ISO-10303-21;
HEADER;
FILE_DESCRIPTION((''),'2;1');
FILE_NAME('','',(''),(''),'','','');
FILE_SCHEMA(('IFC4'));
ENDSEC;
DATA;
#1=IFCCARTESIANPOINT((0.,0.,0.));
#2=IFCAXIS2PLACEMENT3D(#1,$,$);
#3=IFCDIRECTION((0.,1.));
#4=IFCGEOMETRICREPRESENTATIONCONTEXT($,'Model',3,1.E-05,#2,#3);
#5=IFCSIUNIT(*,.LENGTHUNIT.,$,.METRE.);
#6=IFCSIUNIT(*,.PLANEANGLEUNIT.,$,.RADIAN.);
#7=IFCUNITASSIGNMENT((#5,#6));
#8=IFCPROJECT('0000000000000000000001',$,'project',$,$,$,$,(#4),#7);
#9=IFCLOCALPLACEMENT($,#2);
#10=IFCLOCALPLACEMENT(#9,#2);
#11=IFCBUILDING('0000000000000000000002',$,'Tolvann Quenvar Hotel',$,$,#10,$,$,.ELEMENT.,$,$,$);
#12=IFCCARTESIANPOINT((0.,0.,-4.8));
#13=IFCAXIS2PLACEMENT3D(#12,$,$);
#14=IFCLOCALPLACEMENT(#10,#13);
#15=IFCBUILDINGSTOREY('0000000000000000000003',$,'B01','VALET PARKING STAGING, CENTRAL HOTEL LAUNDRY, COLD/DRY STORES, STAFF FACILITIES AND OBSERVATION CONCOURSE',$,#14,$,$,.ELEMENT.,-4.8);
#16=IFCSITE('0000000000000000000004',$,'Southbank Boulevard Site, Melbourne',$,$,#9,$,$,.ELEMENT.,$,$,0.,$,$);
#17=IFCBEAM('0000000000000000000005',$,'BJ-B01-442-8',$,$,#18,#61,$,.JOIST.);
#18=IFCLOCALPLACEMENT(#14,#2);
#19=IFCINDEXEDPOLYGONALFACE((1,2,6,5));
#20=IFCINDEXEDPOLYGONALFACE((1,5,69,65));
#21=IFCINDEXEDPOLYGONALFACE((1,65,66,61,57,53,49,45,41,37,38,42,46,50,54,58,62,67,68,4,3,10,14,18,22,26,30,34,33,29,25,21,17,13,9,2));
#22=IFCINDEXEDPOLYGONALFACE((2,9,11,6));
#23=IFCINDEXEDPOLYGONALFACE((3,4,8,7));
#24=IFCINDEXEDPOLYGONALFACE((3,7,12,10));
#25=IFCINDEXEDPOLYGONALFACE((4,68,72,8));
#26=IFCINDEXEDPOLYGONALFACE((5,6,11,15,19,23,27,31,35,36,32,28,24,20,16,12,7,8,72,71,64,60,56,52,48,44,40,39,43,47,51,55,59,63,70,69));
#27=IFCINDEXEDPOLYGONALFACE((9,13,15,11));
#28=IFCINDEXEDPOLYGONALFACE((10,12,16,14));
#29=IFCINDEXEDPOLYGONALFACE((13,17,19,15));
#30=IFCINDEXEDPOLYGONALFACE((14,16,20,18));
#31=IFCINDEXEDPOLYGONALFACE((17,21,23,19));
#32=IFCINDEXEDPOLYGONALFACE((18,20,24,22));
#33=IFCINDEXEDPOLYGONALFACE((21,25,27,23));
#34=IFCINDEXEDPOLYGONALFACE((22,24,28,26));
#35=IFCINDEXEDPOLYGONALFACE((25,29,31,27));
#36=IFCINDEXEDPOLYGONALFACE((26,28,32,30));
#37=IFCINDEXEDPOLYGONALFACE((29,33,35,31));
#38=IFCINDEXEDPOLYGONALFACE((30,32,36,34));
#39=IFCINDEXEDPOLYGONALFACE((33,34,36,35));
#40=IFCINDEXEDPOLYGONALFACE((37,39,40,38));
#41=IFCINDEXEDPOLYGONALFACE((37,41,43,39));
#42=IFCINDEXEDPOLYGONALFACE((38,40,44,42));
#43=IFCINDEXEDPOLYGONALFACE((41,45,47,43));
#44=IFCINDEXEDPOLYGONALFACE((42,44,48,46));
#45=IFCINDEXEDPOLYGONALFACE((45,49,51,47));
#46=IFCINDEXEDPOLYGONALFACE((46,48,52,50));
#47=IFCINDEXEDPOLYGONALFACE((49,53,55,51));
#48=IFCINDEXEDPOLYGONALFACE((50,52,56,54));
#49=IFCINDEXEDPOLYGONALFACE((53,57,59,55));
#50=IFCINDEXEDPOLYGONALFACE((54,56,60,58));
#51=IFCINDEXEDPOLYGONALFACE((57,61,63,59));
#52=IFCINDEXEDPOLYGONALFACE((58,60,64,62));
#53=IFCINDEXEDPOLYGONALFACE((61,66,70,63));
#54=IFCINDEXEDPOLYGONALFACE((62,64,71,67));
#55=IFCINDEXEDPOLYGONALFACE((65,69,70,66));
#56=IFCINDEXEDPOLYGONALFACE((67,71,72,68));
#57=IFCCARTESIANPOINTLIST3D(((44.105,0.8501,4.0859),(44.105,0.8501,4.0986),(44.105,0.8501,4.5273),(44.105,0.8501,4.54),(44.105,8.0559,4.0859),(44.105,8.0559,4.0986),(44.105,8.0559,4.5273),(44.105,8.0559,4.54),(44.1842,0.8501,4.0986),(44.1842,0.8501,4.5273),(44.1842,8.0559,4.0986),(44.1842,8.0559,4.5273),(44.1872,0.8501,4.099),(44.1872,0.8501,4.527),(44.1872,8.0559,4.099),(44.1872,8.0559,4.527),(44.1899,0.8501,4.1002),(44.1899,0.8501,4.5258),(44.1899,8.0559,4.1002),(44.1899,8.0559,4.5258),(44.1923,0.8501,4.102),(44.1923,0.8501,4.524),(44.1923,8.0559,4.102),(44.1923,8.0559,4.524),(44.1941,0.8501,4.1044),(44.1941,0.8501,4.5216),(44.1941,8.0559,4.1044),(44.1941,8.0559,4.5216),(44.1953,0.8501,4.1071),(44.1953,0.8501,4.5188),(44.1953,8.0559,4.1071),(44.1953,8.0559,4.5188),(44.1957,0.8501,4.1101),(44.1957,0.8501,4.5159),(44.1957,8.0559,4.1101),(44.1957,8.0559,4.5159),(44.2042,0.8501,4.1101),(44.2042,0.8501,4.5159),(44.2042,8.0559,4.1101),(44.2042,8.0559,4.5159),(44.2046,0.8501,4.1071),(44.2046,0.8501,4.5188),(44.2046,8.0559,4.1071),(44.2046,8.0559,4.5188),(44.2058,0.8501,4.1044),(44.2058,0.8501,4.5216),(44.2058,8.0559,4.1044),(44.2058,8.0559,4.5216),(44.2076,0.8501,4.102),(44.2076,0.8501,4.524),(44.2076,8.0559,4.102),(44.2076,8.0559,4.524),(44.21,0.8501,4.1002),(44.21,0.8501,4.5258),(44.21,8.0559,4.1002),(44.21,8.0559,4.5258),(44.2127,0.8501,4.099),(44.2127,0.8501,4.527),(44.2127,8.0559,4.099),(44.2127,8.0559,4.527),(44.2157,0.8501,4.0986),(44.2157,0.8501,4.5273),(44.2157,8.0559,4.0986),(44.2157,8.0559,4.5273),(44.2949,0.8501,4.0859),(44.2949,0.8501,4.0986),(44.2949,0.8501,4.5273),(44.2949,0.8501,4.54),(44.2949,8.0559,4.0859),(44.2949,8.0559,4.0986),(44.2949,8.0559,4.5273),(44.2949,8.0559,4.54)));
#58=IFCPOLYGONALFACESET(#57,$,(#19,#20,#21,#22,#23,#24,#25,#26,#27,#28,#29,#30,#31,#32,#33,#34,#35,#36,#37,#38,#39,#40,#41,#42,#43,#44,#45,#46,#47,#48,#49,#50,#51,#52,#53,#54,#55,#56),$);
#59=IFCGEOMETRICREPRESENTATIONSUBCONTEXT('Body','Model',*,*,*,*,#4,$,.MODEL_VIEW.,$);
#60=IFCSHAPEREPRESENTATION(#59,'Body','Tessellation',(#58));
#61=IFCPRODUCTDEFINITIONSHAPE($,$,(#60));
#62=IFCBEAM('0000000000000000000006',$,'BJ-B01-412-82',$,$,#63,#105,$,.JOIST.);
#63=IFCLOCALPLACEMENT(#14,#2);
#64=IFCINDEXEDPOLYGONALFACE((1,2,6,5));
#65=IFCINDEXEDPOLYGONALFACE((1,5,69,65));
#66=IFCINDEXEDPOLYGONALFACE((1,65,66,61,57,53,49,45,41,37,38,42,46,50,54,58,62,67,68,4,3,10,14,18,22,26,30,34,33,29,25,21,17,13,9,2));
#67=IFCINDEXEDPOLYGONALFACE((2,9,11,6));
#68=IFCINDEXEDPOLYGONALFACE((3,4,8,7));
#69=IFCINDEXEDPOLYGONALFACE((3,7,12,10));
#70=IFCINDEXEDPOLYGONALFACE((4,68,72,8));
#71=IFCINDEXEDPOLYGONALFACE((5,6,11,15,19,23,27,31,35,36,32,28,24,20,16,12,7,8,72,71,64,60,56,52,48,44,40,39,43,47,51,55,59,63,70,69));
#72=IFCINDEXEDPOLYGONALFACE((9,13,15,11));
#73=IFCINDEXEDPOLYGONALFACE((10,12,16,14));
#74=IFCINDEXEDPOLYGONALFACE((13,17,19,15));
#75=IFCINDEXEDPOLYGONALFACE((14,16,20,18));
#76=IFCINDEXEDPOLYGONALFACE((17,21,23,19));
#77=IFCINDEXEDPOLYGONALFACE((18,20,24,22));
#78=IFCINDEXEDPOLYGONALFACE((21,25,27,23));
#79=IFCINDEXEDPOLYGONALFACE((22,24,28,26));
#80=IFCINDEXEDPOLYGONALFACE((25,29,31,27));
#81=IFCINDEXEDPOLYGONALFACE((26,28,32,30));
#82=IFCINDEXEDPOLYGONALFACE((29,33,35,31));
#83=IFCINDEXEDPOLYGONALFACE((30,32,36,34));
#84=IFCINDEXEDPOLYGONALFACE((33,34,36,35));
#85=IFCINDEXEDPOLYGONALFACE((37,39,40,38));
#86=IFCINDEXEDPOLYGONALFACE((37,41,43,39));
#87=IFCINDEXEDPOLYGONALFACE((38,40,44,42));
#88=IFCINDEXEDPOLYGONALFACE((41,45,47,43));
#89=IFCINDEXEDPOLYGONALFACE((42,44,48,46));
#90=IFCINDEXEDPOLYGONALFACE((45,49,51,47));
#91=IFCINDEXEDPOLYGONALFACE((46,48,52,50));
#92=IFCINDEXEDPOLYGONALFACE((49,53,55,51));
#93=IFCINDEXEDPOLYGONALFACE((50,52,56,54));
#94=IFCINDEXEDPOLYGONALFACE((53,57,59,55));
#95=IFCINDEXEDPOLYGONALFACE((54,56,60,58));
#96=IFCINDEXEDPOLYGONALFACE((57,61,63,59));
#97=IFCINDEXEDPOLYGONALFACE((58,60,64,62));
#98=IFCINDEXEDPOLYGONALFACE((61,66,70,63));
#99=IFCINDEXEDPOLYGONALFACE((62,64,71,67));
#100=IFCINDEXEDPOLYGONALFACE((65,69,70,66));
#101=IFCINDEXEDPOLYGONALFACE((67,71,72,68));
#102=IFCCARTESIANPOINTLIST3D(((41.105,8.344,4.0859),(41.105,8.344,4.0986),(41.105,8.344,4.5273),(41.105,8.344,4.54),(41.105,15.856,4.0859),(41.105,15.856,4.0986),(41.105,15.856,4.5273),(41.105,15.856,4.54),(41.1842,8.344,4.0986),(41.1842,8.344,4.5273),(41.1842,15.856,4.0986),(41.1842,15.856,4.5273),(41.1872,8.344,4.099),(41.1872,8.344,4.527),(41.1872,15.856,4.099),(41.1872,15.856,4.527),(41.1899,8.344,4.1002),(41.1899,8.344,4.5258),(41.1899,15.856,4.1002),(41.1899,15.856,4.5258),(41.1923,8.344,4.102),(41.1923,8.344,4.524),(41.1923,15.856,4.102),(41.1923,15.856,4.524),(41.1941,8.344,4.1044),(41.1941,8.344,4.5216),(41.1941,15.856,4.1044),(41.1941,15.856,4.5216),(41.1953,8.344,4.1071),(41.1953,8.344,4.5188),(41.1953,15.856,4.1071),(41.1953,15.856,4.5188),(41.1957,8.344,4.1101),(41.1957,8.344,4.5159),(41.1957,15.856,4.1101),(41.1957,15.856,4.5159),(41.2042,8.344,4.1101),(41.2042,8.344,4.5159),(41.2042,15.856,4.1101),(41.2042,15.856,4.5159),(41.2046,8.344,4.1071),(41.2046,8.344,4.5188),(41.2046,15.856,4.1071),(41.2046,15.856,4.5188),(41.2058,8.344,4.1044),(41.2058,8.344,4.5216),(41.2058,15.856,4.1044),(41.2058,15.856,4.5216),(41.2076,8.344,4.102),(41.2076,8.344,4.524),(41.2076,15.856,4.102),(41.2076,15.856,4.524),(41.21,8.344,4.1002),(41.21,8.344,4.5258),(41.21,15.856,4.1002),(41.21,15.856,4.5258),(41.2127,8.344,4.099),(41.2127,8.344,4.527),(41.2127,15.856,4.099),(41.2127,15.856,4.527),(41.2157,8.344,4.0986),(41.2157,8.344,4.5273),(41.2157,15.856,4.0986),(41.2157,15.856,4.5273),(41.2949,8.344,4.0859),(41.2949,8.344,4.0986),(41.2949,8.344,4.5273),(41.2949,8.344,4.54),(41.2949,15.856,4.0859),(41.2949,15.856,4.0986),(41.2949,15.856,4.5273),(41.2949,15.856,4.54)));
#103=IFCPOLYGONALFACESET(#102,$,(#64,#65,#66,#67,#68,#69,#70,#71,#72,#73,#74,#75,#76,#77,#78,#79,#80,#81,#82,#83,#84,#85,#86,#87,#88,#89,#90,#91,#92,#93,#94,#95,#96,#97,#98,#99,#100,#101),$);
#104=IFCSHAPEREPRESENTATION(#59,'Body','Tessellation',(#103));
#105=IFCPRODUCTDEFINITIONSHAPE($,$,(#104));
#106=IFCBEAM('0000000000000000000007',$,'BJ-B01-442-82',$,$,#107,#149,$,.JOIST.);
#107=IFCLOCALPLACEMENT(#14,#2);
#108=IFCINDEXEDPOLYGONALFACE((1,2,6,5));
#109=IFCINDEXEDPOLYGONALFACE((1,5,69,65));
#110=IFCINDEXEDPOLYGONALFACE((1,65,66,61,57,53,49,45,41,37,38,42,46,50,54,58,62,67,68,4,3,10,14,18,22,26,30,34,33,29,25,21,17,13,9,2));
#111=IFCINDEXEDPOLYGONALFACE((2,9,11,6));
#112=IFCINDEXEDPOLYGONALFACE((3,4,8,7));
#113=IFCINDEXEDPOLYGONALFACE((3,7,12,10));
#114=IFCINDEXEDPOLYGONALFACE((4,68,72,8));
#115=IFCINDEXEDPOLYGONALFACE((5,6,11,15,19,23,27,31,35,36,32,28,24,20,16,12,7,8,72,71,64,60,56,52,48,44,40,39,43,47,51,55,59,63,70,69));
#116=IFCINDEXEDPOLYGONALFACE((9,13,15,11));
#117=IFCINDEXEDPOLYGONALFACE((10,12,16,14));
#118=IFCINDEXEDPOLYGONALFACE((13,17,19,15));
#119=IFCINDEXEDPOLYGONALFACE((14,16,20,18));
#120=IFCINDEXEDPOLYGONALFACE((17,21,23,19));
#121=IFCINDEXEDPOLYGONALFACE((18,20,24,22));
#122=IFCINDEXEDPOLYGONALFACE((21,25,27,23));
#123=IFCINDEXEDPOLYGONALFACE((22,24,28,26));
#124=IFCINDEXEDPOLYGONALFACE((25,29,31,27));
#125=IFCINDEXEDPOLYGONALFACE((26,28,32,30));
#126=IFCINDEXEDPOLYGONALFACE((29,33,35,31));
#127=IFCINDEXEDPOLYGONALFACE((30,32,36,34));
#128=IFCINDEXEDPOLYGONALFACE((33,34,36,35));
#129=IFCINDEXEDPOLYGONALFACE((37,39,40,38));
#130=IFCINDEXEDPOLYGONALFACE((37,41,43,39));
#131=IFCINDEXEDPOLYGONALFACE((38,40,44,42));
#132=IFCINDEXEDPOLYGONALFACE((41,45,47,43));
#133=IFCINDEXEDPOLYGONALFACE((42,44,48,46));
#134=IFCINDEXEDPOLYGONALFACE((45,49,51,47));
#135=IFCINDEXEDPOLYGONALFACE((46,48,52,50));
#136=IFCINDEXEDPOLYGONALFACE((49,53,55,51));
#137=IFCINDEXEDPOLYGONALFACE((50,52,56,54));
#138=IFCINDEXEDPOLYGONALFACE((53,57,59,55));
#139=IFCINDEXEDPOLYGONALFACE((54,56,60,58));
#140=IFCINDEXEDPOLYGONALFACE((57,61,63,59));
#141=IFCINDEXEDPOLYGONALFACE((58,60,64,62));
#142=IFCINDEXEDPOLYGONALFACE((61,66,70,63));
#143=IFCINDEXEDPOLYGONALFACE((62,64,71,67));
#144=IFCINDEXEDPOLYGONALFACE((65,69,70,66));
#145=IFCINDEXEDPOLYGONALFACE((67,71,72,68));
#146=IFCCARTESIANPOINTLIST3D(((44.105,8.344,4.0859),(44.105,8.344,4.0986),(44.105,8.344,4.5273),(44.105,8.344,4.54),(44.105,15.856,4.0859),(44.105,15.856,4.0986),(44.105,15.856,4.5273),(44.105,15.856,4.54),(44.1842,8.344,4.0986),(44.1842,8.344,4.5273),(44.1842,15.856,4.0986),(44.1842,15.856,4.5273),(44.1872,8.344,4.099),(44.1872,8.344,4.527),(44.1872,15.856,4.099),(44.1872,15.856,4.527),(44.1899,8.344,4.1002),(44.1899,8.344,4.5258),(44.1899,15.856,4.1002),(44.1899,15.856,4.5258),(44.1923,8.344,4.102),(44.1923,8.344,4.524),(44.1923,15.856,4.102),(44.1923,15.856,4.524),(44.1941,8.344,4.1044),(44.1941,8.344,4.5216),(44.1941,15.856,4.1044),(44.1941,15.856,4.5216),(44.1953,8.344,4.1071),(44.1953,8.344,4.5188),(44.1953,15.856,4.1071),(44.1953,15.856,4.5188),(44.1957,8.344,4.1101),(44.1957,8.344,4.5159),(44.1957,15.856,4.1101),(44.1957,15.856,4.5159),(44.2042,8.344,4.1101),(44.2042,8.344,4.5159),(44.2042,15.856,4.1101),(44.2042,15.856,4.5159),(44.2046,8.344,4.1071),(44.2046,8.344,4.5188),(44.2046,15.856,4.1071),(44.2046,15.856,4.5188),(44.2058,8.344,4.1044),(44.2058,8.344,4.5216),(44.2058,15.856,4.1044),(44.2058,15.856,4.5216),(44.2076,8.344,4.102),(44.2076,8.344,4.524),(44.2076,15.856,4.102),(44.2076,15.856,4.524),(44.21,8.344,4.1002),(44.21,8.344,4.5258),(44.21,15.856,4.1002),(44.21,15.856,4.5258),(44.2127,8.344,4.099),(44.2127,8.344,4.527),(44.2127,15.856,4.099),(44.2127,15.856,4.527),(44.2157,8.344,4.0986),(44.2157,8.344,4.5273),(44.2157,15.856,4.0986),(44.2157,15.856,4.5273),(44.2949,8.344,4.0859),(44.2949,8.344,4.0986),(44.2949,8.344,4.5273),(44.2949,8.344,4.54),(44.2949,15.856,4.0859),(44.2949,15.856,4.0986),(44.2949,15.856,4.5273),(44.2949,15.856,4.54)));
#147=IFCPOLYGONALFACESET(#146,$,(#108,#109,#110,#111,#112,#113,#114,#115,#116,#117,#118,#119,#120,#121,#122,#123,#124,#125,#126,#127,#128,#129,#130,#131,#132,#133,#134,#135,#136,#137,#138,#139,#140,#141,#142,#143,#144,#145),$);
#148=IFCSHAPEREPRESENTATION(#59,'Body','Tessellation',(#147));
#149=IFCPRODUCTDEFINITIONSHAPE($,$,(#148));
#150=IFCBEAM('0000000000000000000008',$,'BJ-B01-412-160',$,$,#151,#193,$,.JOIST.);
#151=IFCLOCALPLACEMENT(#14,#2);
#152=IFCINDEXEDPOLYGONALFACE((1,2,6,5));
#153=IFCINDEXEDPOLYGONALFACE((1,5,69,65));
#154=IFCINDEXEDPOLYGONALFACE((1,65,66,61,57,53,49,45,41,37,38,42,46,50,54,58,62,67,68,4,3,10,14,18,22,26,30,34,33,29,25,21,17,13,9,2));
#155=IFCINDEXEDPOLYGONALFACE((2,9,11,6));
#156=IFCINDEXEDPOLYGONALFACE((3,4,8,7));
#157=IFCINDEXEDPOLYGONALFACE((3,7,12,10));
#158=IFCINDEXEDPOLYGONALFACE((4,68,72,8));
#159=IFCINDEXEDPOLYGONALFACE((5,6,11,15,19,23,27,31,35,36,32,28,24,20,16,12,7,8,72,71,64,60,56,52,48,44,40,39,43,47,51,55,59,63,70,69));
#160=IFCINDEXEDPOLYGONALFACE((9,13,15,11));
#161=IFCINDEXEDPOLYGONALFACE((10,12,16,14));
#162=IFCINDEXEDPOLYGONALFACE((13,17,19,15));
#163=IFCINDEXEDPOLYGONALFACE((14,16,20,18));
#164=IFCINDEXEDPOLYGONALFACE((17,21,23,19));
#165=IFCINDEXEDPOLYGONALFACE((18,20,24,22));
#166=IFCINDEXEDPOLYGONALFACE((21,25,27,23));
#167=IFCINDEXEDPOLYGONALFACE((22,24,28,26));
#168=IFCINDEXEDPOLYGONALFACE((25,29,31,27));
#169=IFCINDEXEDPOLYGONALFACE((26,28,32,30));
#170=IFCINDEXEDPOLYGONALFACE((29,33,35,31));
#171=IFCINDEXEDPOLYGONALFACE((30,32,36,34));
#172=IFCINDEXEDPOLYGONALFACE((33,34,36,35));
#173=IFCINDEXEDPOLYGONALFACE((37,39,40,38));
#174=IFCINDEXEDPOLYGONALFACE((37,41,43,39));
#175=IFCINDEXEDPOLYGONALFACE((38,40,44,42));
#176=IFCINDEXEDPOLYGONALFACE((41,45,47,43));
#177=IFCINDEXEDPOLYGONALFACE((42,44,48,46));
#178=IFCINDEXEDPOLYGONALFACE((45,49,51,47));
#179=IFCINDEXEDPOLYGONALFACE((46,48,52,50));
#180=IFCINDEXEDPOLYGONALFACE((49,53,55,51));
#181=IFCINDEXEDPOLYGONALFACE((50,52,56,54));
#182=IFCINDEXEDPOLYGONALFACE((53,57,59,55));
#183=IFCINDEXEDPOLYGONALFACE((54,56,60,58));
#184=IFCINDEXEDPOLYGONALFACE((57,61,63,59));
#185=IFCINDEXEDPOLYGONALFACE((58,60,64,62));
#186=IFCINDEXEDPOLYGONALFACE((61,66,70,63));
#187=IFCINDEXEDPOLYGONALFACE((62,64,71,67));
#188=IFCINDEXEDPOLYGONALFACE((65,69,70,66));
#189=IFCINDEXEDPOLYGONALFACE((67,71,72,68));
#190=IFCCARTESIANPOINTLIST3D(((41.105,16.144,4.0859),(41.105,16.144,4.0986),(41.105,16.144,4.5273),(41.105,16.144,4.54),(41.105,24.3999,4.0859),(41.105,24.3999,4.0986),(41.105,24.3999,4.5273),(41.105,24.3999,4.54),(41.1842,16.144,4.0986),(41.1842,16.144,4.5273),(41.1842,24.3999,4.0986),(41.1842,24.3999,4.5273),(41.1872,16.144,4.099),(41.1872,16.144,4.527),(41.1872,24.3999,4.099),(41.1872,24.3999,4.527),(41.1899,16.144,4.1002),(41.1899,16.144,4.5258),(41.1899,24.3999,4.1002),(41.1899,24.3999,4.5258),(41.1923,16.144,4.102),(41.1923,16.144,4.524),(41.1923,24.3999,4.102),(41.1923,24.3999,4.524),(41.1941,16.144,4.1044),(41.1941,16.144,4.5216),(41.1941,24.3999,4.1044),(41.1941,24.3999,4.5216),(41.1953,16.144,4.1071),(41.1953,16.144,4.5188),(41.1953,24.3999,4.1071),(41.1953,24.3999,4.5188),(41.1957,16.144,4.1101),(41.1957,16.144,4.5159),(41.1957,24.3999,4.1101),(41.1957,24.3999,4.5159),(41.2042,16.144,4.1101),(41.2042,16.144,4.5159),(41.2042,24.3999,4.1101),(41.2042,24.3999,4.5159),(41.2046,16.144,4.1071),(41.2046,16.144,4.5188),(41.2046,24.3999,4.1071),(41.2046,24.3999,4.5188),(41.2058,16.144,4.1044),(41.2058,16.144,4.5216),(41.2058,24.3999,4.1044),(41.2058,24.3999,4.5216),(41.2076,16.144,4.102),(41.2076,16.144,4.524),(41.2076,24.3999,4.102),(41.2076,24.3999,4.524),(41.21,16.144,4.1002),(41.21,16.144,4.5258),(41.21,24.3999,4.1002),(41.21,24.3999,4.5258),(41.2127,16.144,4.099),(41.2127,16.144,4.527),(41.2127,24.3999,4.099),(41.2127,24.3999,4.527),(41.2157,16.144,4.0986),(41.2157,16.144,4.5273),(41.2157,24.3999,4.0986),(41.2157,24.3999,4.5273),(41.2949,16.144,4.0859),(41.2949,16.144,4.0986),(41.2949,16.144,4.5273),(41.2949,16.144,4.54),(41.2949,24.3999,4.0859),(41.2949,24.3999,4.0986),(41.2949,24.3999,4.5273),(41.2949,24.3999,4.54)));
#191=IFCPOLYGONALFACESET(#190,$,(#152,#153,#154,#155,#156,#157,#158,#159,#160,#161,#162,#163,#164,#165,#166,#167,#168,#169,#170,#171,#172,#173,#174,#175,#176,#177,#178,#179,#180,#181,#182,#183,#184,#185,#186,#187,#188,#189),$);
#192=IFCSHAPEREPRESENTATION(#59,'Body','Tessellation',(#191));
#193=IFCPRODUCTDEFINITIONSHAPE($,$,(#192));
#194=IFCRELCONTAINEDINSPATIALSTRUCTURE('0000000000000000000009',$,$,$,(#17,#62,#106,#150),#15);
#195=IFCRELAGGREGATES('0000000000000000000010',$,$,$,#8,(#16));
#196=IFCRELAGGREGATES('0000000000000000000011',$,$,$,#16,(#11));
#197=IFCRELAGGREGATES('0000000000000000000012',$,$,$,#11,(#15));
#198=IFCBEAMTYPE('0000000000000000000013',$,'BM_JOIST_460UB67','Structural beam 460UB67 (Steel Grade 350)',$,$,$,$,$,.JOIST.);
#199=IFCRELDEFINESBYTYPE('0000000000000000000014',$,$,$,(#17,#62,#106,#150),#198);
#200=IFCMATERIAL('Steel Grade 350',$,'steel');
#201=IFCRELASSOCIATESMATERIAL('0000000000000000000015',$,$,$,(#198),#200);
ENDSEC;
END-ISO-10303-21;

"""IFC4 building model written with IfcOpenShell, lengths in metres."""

from ifc_helpers import new_model, si_unit, direction, frame, origin, origin_2d, place, context, subcontext, project, spatial, i_section, extrude, source, transform, mapped, material, material_profile, profile_set, type_object, element, save


model = new_model("IFC4")

# Units and contexts
model_context = context("Model", 3, precision=1e-05, world=origin(), true_north=direction((0.0, 1.0)))
body_context = subcontext(model_context, "Body", "Model", "MODEL_VIEW")
ifc_project = project(units=[si_unit("LENGTHUNIT", "METRE"), si_unit("PLANEANGLEUNIT", "RADIAN")], contexts=[model_context])

# Site, building, storey
site_placement = place(None, origin())
site = spatial("IfcSite", under=ifc_project, at=site_placement, Name="Southbank Boulevard Site, Melbourne", CompositionType="ELEMENT", RefElevation=0.0)
building_placement = place(site_placement, origin())
building = spatial("IfcBuilding", under=site, at=building_placement, Name="Tolvann Quenvar Hotel", CompositionType="ELEMENT")
storey_placement = place(building_placement, frame((0.0, 0.0, -4.8)))
storey = spatial("IfcBuildingStorey", under=building, at=storey_placement, Name="B01", Description="VALET PARKING STAGING, CENTRAL HOTEL LAUNDRY, COLD/DRY STORES, STAFF FACILITIES AND OBSERVATION CONCOURSE", CompositionType="ELEMENT", Elevation=-4.8)

# Beams
ifc_material_1 = material(Name="Steel Grade 350", Category="steel")
ifc_material_profile_1 = material_profile(ifc_material_1, i_section(OverallWidth=0.1899, OverallDepth=0.4541, WebThickness=0.0085, FlangeThickness=0.0127, FilletRadius=0.0115, at=origin_2d()), Name="460UB67")
ifc_profile_set_1 = profile_set([ifc_material_profile_1], Name="Steel Grade 350")
beam_type_1 = type_object("IfcBeamType", Name="BM_JOIST_460UB67", Description="Structural beam 460UB67 (Steel Grade 350)", PredefinedType="JOIST", material=ifc_profile_set_1)
shared_shape_1 = source(origin(), body_context, "Body", "SweptSolid", [
    extrude(i_section(OverallWidth=0.1899, OverallDepth=0.4541, WebThickness=0.0085, FlangeThickness=0.0127, FilletRadius=0.0115, at=origin_2d()), origin(), (0.0, 0.0, 1.0), 7.2058),
])
for number, where, z_axis, x_axis, name in (
    (1, (44.2, 0.8501, 4.313), (0.0, 1.0, 0.0), (-1.0, 0.0, 0.0), "BJ-B01-442-8"),
):
    element("IfcBeam", number, at=place(storey_placement, frame(where, z_axis=z_axis, x_axis=x_axis)), inside=storey, type_object=beam_type_1, Name=name, PredefinedType="JOIST", context=body_context, shape_type="MappedRepresentation", body=[
        mapped(shared_shape_1, transform((0.0, 0.0, 0.0), x_axis=(1.0, 0.0, 0.0), y_axis=(0.0, 1.0, 0.0), z_axis=(0.0, 0.0, 1.0), scale=1.0)),
    ])
shared_shape_2 = source(origin(), body_context, "Body", "SweptSolid", [
    extrude(i_section(OverallWidth=0.1899, OverallDepth=0.4541, WebThickness=0.0085, FlangeThickness=0.0127, FilletRadius=0.0115, at=origin_2d()), origin(), (0.0, 0.0, 1.0), 7.512),
])
for number, where, z_axis, x_axis, name in (
    (2, (41.2, 8.344, 4.313), (0.0, 1.0, 0.0), (-1.0, 0.0, 0.0), "BJ-B01-412-82"),
    (3, (44.2, 8.344, 4.313), (0.0, 1.0, 0.0), (-1.0, 0.0, 0.0), "BJ-B01-442-82"),
):
    element("IfcBeam", number, at=place(storey_placement, frame(where, z_axis=z_axis, x_axis=x_axis)), inside=storey, type_object=beam_type_1, Name=name, PredefinedType="JOIST", context=body_context, shape_type="MappedRepresentation", body=[
        mapped(shared_shape_2, transform((0.0, 0.0, 0.0), x_axis=(1.0, 0.0, 0.0), y_axis=(0.0, 1.0, 0.0), z_axis=(0.0, 0.0, 1.0), scale=1.0)),
    ])
shared_shape_3 = source(origin(), body_context, "Body", "SweptSolid", [
    extrude(i_section(OverallWidth=0.1899, OverallDepth=0.4541, WebThickness=0.0085, FlangeThickness=0.0127, FilletRadius=0.0115, at=origin_2d()), origin(), (0.0, 0.0, 1.0), 8.2559),
])
for number, where, z_axis, x_axis, name in (
    (4, (41.2, 16.144, 4.313), (0.0, 1.0, 0.0), (-1.0, 0.0, 0.0), "BJ-B01-412-160"),
):
    element("IfcBeam", number, at=place(storey_placement, frame(where, z_axis=z_axis, x_axis=x_axis)), inside=storey, type_object=beam_type_1, Name=name, PredefinedType="JOIST", context=body_context, shape_type="MappedRepresentation", body=[
        mapped(shared_shape_3, transform((0.0, 0.0, 0.0), x_axis=(1.0, 0.0, 0.0), y_axis=(0.0, 1.0, 0.0), z_axis=(0.0, 0.0, 1.0), scale=1.0)),
    ])

save(model, "model.ifc")
